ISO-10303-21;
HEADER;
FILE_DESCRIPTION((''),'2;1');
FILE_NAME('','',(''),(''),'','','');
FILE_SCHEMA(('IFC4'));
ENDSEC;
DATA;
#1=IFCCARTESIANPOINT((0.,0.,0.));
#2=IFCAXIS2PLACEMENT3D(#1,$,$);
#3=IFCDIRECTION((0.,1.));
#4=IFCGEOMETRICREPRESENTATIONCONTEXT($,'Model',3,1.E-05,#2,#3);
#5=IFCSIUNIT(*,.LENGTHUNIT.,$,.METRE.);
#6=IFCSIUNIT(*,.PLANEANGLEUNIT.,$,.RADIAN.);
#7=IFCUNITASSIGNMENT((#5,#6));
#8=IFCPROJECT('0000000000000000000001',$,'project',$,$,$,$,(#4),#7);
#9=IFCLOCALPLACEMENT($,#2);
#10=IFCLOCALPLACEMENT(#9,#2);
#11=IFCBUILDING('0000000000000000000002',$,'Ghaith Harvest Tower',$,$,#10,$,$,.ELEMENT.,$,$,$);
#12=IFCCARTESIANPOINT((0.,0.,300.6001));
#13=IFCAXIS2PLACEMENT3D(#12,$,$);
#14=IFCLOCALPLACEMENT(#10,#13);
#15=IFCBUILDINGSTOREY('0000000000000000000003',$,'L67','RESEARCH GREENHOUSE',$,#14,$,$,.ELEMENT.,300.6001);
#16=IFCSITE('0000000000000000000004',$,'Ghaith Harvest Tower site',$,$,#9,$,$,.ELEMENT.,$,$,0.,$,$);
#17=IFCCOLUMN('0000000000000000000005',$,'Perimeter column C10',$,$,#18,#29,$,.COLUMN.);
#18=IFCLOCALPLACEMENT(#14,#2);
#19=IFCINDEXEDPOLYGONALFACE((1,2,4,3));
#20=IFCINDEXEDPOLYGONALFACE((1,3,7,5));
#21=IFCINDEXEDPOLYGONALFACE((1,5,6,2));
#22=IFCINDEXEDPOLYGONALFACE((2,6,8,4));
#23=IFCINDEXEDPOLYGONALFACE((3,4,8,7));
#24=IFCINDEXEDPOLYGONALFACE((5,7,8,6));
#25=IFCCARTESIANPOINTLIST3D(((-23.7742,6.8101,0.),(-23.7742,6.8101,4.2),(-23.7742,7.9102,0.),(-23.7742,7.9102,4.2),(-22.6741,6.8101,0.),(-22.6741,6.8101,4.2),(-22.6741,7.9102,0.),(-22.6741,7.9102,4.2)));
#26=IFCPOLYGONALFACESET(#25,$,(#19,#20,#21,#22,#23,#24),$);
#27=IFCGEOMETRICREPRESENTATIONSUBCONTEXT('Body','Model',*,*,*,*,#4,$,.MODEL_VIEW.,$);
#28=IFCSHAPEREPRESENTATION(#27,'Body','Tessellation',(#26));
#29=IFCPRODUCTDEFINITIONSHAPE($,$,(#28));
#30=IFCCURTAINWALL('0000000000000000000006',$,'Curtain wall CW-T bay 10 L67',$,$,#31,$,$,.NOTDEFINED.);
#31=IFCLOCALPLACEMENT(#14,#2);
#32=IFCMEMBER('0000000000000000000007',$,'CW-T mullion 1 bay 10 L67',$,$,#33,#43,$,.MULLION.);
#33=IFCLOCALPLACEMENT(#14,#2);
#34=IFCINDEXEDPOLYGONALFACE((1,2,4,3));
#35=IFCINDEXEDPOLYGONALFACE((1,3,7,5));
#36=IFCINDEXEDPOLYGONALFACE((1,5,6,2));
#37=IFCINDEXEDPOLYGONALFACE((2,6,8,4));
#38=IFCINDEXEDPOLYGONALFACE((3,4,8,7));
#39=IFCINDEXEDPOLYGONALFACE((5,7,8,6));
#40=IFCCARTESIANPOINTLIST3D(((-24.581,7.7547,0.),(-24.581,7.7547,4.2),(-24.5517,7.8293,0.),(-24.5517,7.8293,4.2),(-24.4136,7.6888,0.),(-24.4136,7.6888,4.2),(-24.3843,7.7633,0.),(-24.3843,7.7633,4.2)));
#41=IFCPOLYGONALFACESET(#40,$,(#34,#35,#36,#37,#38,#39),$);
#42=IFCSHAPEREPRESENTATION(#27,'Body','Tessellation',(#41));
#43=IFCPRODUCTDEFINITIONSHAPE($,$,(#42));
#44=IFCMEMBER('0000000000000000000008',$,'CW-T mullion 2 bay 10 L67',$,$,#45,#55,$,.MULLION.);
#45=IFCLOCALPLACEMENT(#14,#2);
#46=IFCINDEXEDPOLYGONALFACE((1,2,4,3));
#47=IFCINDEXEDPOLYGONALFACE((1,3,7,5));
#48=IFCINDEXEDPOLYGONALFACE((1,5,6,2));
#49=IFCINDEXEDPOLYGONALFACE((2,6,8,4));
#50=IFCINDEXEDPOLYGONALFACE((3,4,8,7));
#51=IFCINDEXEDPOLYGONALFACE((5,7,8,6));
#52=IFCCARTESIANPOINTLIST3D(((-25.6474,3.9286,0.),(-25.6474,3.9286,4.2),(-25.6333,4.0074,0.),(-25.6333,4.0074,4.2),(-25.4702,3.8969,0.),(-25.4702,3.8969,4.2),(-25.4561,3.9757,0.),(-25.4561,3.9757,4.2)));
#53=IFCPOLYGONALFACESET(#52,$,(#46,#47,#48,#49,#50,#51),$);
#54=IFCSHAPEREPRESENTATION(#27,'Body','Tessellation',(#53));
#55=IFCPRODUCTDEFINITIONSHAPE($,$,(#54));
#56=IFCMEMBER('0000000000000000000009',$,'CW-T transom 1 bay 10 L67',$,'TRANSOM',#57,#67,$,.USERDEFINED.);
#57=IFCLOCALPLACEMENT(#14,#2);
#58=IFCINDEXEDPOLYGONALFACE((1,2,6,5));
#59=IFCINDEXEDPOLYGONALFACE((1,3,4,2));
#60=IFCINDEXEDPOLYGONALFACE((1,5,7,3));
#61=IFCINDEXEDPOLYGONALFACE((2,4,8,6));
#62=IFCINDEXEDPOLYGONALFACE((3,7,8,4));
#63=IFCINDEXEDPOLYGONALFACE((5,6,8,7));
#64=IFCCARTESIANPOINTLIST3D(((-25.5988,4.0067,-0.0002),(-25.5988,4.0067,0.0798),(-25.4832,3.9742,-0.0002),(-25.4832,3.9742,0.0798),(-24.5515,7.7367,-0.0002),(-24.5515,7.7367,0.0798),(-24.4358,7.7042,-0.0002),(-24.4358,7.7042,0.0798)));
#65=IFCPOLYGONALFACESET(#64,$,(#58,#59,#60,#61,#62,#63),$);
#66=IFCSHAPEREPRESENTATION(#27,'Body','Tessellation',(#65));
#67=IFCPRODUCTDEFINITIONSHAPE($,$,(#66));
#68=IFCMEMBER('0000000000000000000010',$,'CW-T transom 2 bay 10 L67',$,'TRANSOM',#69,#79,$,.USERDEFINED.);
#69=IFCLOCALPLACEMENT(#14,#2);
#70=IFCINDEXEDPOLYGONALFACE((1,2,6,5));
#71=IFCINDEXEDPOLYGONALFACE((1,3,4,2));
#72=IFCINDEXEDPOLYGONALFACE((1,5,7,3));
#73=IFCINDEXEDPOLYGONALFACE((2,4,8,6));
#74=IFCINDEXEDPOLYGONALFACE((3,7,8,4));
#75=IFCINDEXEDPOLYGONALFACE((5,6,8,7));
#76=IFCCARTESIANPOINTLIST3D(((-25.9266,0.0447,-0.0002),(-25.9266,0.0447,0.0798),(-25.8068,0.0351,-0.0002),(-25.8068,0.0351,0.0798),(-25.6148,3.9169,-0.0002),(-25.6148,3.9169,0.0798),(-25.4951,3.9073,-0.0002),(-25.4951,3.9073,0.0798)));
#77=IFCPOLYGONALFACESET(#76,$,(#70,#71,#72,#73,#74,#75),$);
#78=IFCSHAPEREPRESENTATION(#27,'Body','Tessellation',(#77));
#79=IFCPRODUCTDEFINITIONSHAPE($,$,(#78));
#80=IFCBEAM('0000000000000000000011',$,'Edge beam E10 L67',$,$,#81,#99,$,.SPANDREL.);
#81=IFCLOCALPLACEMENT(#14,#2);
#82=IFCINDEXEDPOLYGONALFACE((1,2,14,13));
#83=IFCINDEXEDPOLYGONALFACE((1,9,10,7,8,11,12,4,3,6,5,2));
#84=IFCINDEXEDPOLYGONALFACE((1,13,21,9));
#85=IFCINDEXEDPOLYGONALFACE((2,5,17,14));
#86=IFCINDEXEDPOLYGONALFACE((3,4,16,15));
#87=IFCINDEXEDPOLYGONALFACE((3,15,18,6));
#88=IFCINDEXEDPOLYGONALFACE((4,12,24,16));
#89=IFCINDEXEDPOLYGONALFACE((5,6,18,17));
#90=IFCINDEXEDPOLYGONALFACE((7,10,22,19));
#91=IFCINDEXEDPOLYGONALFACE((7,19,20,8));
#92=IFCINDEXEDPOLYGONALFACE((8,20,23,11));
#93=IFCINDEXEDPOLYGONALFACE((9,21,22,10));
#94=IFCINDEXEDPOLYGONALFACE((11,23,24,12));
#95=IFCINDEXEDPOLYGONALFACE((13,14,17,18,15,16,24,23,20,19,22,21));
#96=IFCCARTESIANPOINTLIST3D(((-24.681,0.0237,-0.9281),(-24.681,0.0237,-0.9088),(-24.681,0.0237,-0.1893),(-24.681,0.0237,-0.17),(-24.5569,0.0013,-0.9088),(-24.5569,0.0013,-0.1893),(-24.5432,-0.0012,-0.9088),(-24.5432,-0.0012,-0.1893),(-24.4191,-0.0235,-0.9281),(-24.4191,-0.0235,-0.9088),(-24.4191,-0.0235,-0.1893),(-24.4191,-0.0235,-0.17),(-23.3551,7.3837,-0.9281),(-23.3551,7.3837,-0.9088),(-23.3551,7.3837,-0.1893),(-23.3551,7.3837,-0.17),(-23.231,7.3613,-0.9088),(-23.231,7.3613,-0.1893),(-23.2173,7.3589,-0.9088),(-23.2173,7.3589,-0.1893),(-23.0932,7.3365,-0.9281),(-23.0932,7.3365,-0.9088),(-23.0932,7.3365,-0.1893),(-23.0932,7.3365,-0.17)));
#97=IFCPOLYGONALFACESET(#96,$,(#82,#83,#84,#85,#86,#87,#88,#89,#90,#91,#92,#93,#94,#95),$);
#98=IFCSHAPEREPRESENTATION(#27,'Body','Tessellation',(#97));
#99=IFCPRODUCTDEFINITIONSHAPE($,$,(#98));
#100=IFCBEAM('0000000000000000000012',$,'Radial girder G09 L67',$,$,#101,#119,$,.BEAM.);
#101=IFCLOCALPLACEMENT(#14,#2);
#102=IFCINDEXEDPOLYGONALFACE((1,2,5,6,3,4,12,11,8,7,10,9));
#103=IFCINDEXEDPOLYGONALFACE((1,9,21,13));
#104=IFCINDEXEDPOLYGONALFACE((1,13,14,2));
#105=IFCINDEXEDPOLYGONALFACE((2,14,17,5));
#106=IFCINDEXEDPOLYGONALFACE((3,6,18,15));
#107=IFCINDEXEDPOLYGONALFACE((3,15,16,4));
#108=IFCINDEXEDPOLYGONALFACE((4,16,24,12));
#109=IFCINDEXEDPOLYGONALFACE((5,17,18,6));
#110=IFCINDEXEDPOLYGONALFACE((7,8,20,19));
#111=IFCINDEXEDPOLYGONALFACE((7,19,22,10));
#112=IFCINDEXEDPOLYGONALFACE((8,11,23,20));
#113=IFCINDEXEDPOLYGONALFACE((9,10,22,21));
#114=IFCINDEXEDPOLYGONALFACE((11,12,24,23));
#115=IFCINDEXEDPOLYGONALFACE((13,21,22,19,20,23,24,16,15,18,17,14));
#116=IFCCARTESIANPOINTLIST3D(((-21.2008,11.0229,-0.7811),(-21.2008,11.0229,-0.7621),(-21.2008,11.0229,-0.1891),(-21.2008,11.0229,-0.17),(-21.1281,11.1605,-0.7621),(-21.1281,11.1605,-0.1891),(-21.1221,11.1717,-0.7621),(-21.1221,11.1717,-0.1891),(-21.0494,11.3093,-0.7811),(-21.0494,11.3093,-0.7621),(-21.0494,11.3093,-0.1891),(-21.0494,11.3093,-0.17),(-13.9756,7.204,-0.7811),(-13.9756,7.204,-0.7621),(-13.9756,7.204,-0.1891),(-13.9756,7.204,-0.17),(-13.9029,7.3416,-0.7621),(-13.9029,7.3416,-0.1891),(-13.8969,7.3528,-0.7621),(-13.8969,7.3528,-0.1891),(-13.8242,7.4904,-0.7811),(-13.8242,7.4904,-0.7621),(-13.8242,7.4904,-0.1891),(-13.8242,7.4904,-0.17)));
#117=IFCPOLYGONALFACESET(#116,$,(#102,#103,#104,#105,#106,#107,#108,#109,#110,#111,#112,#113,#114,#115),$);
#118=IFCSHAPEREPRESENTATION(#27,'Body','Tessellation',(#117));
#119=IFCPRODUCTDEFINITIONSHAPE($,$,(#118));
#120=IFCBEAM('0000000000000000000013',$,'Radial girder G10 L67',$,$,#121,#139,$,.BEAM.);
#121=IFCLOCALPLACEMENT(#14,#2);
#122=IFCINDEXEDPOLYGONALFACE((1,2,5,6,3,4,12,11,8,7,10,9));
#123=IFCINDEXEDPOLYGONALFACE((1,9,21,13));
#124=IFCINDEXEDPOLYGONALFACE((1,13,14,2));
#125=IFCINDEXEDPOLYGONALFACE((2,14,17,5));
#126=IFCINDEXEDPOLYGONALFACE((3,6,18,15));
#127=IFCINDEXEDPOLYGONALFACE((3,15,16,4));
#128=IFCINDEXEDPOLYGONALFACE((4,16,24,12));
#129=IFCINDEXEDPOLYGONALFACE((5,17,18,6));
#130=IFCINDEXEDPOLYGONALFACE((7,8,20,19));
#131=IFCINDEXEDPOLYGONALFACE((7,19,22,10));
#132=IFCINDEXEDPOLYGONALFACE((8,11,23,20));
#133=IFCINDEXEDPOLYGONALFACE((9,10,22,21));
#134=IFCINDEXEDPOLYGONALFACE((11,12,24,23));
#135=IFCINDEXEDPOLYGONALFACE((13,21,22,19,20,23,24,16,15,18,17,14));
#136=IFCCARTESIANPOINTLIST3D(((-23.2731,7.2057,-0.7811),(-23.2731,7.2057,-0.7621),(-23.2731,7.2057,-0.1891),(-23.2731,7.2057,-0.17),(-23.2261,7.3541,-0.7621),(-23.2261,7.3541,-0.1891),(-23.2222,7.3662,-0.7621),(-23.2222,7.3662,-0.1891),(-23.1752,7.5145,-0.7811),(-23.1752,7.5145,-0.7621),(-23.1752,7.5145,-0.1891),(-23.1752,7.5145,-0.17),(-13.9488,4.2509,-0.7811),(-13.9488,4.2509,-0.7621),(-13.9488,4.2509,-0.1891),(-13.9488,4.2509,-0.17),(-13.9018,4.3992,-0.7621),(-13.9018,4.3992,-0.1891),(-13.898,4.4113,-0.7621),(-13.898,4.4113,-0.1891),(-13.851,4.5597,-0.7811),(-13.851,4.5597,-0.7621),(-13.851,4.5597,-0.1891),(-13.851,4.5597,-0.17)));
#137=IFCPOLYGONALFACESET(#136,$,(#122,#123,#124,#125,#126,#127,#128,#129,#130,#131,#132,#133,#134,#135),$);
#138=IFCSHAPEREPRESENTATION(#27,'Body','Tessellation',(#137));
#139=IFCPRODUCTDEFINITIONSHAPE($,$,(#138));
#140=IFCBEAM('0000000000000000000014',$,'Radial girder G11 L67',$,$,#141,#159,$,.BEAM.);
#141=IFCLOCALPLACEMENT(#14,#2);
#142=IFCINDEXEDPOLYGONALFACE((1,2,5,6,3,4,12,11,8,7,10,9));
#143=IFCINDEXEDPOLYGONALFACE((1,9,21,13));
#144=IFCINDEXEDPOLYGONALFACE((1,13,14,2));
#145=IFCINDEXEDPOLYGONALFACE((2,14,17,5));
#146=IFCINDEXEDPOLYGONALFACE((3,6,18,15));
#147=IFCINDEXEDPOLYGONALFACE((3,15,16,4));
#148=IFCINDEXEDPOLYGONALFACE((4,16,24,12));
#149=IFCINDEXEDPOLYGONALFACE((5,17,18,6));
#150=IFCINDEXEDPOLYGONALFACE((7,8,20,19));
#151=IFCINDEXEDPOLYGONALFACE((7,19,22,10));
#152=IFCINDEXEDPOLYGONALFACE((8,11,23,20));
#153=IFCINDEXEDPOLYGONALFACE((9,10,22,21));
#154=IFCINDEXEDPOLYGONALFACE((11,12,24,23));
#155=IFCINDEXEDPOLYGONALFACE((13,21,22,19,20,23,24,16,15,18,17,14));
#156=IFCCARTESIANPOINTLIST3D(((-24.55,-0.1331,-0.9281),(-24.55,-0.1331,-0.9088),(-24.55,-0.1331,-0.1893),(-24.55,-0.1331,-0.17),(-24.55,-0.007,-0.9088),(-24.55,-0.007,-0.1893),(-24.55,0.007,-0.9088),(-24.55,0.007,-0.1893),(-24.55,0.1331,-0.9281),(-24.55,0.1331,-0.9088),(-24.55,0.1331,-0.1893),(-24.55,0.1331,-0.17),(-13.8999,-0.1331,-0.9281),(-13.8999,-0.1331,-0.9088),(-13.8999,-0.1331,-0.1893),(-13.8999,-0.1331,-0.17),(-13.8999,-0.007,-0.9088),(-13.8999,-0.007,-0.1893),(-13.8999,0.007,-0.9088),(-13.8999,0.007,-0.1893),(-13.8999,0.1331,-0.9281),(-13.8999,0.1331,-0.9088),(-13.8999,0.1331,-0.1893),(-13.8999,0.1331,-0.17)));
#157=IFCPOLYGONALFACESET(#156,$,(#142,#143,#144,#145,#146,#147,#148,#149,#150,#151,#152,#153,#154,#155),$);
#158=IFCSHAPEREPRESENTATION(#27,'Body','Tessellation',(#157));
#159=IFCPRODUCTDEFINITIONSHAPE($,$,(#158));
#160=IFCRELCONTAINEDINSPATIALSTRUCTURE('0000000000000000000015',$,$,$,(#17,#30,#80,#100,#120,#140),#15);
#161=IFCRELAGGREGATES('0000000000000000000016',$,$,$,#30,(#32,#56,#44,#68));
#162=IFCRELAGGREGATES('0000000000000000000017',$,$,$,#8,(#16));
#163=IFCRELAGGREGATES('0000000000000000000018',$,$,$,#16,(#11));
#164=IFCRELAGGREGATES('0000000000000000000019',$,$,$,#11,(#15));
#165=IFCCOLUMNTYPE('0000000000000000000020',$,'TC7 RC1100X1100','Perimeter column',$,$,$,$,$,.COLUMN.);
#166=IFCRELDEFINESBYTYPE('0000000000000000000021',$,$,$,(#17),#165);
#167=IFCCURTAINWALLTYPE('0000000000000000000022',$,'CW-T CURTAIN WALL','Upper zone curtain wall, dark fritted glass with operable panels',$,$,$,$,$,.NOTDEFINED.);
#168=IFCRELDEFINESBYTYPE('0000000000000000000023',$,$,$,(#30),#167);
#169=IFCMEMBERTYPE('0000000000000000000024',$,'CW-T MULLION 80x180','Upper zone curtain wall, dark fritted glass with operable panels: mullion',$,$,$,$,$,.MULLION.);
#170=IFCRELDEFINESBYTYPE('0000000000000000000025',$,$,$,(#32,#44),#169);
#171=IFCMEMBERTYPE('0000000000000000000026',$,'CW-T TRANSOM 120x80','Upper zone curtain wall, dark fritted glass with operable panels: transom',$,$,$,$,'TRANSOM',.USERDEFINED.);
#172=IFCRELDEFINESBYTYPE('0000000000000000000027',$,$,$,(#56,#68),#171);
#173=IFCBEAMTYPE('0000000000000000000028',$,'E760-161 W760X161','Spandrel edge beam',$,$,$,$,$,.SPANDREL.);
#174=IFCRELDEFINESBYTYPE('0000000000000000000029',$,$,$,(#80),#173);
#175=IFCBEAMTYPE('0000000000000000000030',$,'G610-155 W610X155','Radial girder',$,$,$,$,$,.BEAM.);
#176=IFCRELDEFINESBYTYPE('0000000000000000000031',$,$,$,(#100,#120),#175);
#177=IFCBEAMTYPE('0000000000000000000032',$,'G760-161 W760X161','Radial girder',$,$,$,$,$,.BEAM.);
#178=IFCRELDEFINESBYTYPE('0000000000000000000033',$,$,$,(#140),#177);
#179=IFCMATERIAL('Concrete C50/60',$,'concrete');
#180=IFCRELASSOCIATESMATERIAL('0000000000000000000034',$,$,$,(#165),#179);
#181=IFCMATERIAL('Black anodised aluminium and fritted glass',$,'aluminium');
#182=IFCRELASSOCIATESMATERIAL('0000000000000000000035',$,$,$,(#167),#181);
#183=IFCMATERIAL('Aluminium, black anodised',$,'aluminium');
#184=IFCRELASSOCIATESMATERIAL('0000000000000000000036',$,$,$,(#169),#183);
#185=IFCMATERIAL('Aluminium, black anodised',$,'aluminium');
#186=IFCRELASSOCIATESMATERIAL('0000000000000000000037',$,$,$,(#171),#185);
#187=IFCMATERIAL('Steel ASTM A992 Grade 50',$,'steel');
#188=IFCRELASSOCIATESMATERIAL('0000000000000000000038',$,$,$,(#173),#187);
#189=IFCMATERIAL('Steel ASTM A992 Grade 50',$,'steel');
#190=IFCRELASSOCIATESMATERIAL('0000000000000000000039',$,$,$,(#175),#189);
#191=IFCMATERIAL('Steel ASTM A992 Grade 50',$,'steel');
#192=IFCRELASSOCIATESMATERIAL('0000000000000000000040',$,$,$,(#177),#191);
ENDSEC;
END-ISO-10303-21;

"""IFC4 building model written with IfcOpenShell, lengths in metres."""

from ifc_helpers import new_model, si_unit, direction, frame, origin, origin_2d, place, context, subcontext, project, spatial, rectangle, i_section, extrude, material, material_profile, profile_set, type_object, element, aggregate, save


model = new_model("IFC4")

# Units and contexts
model_context = context("Model", 3, precision=1e-05, world=origin(), true_north=direction((0.0, 1.0)))
body_context = subcontext(model_context, "Body", "Model", "MODEL_VIEW")
ifc_project = project(units=[si_unit("LENGTHUNIT", "METRE"), si_unit("PLANEANGLEUNIT", "RADIAN")], contexts=[model_context])

# Site, building, storey
site_placement = place(None, origin())
site = spatial("IfcSite", under=ifc_project, at=site_placement, Name="Ghaith Harvest Tower site", CompositionType="ELEMENT", RefElevation=0.0)
building_placement = place(site_placement, origin())
building = spatial("IfcBuilding", under=site, at=building_placement, Name="Ghaith Harvest Tower", CompositionType="ELEMENT")
storey_placement = place(building_placement, frame((0.0, 0.0, 300.6001)))
storey = spatial("IfcBuildingStorey", under=building, at=storey_placement, Name="L67", Description="RESEARCH GREENHOUSE", CompositionType="ELEMENT", Elevation=300.6001)

# Column
ifc_material_1 = material(Name="Concrete C50/60", Category="concrete")
ifc_material_profile_1 = material_profile(ifc_material_1, rectangle(XDim=1.1001, YDim=1.1001, at=origin_2d()), Name="RC1100X1100")
ifc_profile_set_1 = profile_set([ifc_material_profile_1], Name="Concrete C50/60")
column_type = type_object("IfcColumnType", Name="TC7 RC1100X1100", Description="Perimeter column", PredefinedType="COLUMN", material=ifc_profile_set_1)
column_placement = place(storey_placement, frame((-23.2241, 7.3601, 0.0), z_axis=(0.0, 0.0, 1.0), x_axis=(1.0, 0.0, 0.0)))
element("IfcColumn", 1, at=column_placement, inside=storey, type_object=column_type, Name="Perimeter column C10", PredefinedType="COLUMN", context=body_context, shape_type="SweptSolid", body=[
    extrude(rectangle(XDim=1.1001, YDim=1.1001, at=origin_2d()), origin(), (0.0, 0.0, 1.0), 4.2),
])

# Curtain wall, members
ifc_material_2 = material(Name="Black anodised aluminium and fritted glass", Category="aluminium")
curtain_wall_type = type_object("IfcCurtainWallType", Name="CW-T CURTAIN WALL", Description="Upper zone curtain wall, dark fritted glass with operable panels", PredefinedType="NOTDEFINED", material=ifc_material_2)
curtain_wall_placement = place(storey_placement, origin())
curtain_wall = element("IfcCurtainWall", 2, at=curtain_wall_placement, inside=storey, type_object=curtain_wall_type, Name="Curtain wall CW-T bay 10 L67", PredefinedType="NOTDEFINED")
ifc_material_3 = material(Name="Aluminium, black anodised", Category="aluminium")
ifc_material_profile_2 = material_profile(ifc_material_3, rectangle(XDim=0.0801, YDim=0.1799, at=origin_2d()), Name="CW-T MULLION 80x180")
ifc_profile_set_2 = profile_set([ifc_material_profile_2], Name="Aluminium, black anodised")
member_type_1 = type_object("IfcMemberType", Name="CW-T MULLION 80x180", Description="Upper zone curtain wall, dark fritted glass with operable panels: mullion", PredefinedType="MULLION", material=ifc_profile_set_2)
member_1_placement = place(storey_placement, frame((-24.4827, 7.759, 0.0), z_axis=(0.0, 0.0, 1.0), x_axis=(-0.366473, -0.930429, 0.0)))
member_1 = element("IfcMember", 3, at=member_1_placement, type_object=member_type_1, Name="CW-T mullion 1 bay 10 L67", PredefinedType="MULLION", context=body_context, shape_type="SweptSolid", body=[
    extrude(rectangle(XDim=0.0801, YDim=0.1799, at=origin_2d()), origin(), (0.0, 0.0, 1.0), 4.2),
])
member_2_placement = place(storey_placement, frame((-25.5518, 3.9521, 0.0), z_axis=(0.0, 0.0, 1.0), x_axis=(-0.176001, -0.98439, 0.0)))
member_2 = element("IfcMember", 4, at=member_2_placement, type_object=member_type_1, Name="CW-T mullion 2 bay 10 L67", PredefinedType="MULLION", context=body_context, shape_type="SweptSolid", body=[
    extrude(rectangle(XDim=0.0801, YDim=0.1799, at=origin_2d()), origin(), (0.0, 0.0, 1.0), 4.2),
])
ifc_material_4 = material(Name="Aluminium, black anodised", Category="aluminium")
ifc_material_profile_3 = material_profile(ifc_material_4, rectangle(XDim=0.1201, YDim=0.0801, at=origin_2d()), Name="CW-T TRANSOM 120x80")
ifc_profile_set_3 = profile_set([ifc_material_profile_3], Name="Aluminium, black anodised")
member_type_2 = type_object("IfcMemberType", Name="CW-T TRANSOM 120x80", Description="Upper zone curtain wall, dark fritted glass with operable panels: transom", ElementType="TRANSOM", PredefinedType="USERDEFINED", material=ifc_profile_set_3)
member_3_placement = place(storey_placement, frame((-24.4937, 7.7205, 0.0398), z_axis=(-0.27034, -0.962765, 0.0), x_axis=(0.962765, -0.27034, 0.0)))
member_3 = element("IfcMember", 5, at=member_3_placement, type_object=member_type_2, Name="CW-T transom 1 bay 10 L67", ObjectType="TRANSOM", PredefinedType="USERDEFINED", context=body_context, shape_type="SweptSolid", body=[
    extrude(rectangle(XDim=0.1201, YDim=0.0801, at=origin_2d()), origin(), (0.0, 0.0, 1.0), 3.8743),
])
member_4_placement = place(storey_placement, frame((-25.5549, 3.9121, 0.0398), z_axis=(-0.080252, -0.996775, 0.0), x_axis=(0.996775, -0.080252, 0.0)))
member_4 = element("IfcMember", 6, at=member_4_placement, type_object=member_type_2, Name="CW-T transom 2 bay 10 L67", ObjectType="TRANSOM", PredefinedType="USERDEFINED", context=body_context, shape_type="SweptSolid", body=[
    extrude(rectangle(XDim=0.1201, YDim=0.0801, at=origin_2d()), origin(), (0.0, 0.0, 1.0), 3.8848),
])

# Beams
ifc_material_5 = material(Name="Steel ASTM A992 Grade 50", Category="steel")
ifc_material_profile_4 = material_profile(ifc_material_5, i_section(OverallWidth=0.2661, OverallDepth=0.7581, WebThickness=0.0139, FlangeThickness=0.0193, at=origin_2d()), Name="W760X161")
ifc_profile_set_4 = profile_set([ifc_material_profile_4], Name="Steel ASTM A992 Grade 50")
beam_type_1 = type_object("IfcBeamType", Name="E760-161 W760X161", Description="Spandrel edge beam", PredefinedType="SPANDREL", material=ifc_profile_set_4)
beam_1_placement = place(storey_placement, frame((-23.2241, 7.3601, -0.5491), z_axis=(-0.177297, -0.984157, 0.0), x_axis=(0.984157, -0.177297, 0.0)))
element("IfcBeam", 7, at=beam_1_placement, inside=storey, type_object=beam_type_1, Name="Edge beam E10 L67", PredefinedType="SPANDREL", context=body_context, shape_type="SweptSolid", body=[
    extrude(i_section(OverallWidth=0.2661, OverallDepth=0.7581, WebThickness=0.0139, FlangeThickness=0.0193, at=origin_2d()), origin(), (0.0, 0.0, 1.0), 7.4785),
])
ifc_material_6 = material(Name="Steel ASTM A992 Grade 50", Category="steel")
ifc_material_profile_5 = material_profile(ifc_material_6, i_section(OverallWidth=0.324, OverallDepth=0.6111, WebThickness=0.0127, FlangeThickness=0.019, at=origin_2d()), Name="W610X155")
ifc_profile_set_5 = profile_set([ifc_material_profile_5], Name="Steel ASTM A992 Grade 50")
beam_type_2 = type_object("IfcBeamType", Name="G610-155 W610X155", Description="Radial girder", PredefinedType="BEAM", material=ifc_profile_set_5)
beam_2_placement = place(storey_placement, frame((-13.8999, 7.3472, -0.4756), z_axis=(-0.884102, 0.467295, 0.0), x_axis=(-0.467295, -0.884102, 0.0)))
element("IfcBeam", 8, at=beam_2_placement, inside=storey, type_object=beam_type_2, Name="Radial girder G09 L67", PredefinedType="BEAM", context=body_context, shape_type="SweptSolid", body=[
    extrude(i_section(OverallWidth=0.324, OverallDepth=0.6111, WebThickness=0.0127, FlangeThickness=0.019, at=origin_2d()), origin(), (0.0, 0.0, 1.0), 8.1724),
])
beam_3_placement = place(storey_placement, frame((-13.8999, 4.4053, -0.4756), z_axis=(-0.953279, 0.302093, 0.0), x_axis=(-0.302093, -0.953279, 0.0)))
element("IfcBeam", 9, at=beam_3_placement, inside=storey, type_object=beam_type_2, Name="Radial girder G10 L67", PredefinedType="BEAM", context=body_context, shape_type="SweptSolid", body=[
    extrude(i_section(OverallWidth=0.324, OverallDepth=0.6111, WebThickness=0.0127, FlangeThickness=0.019, at=origin_2d()), origin(), (0.0, 0.0, 1.0), 9.7812),
])
ifc_material_7 = material(Name="Steel ASTM A992 Grade 50", Category="steel")
ifc_material_profile_6 = material_profile(ifc_material_7, i_section(OverallWidth=0.2661, OverallDepth=0.7581, WebThickness=0.0139, FlangeThickness=0.0193, at=origin_2d()), Name="W760X161")
ifc_profile_set_6 = profile_set([ifc_material_profile_6], Name="Steel ASTM A992 Grade 50")
beam_type_3 = type_object("IfcBeamType", Name="G760-161 W760X161", Description="Radial girder", PredefinedType="BEAM", material=ifc_profile_set_6)
beam_4_placement = place(storey_placement, frame((-13.8999, 0.0, -0.5491), z_axis=(-1.0, 0.0, 0.0), x_axis=(0.0, -1.0, 0.0)))
element("IfcBeam", 10, at=beam_4_placement, inside=storey, type_object=beam_type_3, Name="Radial girder G11 L67", PredefinedType="BEAM", context=body_context, shape_type="SweptSolid", body=[
    extrude(i_section(OverallWidth=0.2661, OverallDepth=0.7581, WebThickness=0.0139, FlangeThickness=0.0193, at=origin_2d()), origin(), (0.0, 0.0, 1.0), 10.6501),
])

aggregate(curtain_wall, [member_1, member_3, member_2, member_4])

save(model, "model.ifc")
